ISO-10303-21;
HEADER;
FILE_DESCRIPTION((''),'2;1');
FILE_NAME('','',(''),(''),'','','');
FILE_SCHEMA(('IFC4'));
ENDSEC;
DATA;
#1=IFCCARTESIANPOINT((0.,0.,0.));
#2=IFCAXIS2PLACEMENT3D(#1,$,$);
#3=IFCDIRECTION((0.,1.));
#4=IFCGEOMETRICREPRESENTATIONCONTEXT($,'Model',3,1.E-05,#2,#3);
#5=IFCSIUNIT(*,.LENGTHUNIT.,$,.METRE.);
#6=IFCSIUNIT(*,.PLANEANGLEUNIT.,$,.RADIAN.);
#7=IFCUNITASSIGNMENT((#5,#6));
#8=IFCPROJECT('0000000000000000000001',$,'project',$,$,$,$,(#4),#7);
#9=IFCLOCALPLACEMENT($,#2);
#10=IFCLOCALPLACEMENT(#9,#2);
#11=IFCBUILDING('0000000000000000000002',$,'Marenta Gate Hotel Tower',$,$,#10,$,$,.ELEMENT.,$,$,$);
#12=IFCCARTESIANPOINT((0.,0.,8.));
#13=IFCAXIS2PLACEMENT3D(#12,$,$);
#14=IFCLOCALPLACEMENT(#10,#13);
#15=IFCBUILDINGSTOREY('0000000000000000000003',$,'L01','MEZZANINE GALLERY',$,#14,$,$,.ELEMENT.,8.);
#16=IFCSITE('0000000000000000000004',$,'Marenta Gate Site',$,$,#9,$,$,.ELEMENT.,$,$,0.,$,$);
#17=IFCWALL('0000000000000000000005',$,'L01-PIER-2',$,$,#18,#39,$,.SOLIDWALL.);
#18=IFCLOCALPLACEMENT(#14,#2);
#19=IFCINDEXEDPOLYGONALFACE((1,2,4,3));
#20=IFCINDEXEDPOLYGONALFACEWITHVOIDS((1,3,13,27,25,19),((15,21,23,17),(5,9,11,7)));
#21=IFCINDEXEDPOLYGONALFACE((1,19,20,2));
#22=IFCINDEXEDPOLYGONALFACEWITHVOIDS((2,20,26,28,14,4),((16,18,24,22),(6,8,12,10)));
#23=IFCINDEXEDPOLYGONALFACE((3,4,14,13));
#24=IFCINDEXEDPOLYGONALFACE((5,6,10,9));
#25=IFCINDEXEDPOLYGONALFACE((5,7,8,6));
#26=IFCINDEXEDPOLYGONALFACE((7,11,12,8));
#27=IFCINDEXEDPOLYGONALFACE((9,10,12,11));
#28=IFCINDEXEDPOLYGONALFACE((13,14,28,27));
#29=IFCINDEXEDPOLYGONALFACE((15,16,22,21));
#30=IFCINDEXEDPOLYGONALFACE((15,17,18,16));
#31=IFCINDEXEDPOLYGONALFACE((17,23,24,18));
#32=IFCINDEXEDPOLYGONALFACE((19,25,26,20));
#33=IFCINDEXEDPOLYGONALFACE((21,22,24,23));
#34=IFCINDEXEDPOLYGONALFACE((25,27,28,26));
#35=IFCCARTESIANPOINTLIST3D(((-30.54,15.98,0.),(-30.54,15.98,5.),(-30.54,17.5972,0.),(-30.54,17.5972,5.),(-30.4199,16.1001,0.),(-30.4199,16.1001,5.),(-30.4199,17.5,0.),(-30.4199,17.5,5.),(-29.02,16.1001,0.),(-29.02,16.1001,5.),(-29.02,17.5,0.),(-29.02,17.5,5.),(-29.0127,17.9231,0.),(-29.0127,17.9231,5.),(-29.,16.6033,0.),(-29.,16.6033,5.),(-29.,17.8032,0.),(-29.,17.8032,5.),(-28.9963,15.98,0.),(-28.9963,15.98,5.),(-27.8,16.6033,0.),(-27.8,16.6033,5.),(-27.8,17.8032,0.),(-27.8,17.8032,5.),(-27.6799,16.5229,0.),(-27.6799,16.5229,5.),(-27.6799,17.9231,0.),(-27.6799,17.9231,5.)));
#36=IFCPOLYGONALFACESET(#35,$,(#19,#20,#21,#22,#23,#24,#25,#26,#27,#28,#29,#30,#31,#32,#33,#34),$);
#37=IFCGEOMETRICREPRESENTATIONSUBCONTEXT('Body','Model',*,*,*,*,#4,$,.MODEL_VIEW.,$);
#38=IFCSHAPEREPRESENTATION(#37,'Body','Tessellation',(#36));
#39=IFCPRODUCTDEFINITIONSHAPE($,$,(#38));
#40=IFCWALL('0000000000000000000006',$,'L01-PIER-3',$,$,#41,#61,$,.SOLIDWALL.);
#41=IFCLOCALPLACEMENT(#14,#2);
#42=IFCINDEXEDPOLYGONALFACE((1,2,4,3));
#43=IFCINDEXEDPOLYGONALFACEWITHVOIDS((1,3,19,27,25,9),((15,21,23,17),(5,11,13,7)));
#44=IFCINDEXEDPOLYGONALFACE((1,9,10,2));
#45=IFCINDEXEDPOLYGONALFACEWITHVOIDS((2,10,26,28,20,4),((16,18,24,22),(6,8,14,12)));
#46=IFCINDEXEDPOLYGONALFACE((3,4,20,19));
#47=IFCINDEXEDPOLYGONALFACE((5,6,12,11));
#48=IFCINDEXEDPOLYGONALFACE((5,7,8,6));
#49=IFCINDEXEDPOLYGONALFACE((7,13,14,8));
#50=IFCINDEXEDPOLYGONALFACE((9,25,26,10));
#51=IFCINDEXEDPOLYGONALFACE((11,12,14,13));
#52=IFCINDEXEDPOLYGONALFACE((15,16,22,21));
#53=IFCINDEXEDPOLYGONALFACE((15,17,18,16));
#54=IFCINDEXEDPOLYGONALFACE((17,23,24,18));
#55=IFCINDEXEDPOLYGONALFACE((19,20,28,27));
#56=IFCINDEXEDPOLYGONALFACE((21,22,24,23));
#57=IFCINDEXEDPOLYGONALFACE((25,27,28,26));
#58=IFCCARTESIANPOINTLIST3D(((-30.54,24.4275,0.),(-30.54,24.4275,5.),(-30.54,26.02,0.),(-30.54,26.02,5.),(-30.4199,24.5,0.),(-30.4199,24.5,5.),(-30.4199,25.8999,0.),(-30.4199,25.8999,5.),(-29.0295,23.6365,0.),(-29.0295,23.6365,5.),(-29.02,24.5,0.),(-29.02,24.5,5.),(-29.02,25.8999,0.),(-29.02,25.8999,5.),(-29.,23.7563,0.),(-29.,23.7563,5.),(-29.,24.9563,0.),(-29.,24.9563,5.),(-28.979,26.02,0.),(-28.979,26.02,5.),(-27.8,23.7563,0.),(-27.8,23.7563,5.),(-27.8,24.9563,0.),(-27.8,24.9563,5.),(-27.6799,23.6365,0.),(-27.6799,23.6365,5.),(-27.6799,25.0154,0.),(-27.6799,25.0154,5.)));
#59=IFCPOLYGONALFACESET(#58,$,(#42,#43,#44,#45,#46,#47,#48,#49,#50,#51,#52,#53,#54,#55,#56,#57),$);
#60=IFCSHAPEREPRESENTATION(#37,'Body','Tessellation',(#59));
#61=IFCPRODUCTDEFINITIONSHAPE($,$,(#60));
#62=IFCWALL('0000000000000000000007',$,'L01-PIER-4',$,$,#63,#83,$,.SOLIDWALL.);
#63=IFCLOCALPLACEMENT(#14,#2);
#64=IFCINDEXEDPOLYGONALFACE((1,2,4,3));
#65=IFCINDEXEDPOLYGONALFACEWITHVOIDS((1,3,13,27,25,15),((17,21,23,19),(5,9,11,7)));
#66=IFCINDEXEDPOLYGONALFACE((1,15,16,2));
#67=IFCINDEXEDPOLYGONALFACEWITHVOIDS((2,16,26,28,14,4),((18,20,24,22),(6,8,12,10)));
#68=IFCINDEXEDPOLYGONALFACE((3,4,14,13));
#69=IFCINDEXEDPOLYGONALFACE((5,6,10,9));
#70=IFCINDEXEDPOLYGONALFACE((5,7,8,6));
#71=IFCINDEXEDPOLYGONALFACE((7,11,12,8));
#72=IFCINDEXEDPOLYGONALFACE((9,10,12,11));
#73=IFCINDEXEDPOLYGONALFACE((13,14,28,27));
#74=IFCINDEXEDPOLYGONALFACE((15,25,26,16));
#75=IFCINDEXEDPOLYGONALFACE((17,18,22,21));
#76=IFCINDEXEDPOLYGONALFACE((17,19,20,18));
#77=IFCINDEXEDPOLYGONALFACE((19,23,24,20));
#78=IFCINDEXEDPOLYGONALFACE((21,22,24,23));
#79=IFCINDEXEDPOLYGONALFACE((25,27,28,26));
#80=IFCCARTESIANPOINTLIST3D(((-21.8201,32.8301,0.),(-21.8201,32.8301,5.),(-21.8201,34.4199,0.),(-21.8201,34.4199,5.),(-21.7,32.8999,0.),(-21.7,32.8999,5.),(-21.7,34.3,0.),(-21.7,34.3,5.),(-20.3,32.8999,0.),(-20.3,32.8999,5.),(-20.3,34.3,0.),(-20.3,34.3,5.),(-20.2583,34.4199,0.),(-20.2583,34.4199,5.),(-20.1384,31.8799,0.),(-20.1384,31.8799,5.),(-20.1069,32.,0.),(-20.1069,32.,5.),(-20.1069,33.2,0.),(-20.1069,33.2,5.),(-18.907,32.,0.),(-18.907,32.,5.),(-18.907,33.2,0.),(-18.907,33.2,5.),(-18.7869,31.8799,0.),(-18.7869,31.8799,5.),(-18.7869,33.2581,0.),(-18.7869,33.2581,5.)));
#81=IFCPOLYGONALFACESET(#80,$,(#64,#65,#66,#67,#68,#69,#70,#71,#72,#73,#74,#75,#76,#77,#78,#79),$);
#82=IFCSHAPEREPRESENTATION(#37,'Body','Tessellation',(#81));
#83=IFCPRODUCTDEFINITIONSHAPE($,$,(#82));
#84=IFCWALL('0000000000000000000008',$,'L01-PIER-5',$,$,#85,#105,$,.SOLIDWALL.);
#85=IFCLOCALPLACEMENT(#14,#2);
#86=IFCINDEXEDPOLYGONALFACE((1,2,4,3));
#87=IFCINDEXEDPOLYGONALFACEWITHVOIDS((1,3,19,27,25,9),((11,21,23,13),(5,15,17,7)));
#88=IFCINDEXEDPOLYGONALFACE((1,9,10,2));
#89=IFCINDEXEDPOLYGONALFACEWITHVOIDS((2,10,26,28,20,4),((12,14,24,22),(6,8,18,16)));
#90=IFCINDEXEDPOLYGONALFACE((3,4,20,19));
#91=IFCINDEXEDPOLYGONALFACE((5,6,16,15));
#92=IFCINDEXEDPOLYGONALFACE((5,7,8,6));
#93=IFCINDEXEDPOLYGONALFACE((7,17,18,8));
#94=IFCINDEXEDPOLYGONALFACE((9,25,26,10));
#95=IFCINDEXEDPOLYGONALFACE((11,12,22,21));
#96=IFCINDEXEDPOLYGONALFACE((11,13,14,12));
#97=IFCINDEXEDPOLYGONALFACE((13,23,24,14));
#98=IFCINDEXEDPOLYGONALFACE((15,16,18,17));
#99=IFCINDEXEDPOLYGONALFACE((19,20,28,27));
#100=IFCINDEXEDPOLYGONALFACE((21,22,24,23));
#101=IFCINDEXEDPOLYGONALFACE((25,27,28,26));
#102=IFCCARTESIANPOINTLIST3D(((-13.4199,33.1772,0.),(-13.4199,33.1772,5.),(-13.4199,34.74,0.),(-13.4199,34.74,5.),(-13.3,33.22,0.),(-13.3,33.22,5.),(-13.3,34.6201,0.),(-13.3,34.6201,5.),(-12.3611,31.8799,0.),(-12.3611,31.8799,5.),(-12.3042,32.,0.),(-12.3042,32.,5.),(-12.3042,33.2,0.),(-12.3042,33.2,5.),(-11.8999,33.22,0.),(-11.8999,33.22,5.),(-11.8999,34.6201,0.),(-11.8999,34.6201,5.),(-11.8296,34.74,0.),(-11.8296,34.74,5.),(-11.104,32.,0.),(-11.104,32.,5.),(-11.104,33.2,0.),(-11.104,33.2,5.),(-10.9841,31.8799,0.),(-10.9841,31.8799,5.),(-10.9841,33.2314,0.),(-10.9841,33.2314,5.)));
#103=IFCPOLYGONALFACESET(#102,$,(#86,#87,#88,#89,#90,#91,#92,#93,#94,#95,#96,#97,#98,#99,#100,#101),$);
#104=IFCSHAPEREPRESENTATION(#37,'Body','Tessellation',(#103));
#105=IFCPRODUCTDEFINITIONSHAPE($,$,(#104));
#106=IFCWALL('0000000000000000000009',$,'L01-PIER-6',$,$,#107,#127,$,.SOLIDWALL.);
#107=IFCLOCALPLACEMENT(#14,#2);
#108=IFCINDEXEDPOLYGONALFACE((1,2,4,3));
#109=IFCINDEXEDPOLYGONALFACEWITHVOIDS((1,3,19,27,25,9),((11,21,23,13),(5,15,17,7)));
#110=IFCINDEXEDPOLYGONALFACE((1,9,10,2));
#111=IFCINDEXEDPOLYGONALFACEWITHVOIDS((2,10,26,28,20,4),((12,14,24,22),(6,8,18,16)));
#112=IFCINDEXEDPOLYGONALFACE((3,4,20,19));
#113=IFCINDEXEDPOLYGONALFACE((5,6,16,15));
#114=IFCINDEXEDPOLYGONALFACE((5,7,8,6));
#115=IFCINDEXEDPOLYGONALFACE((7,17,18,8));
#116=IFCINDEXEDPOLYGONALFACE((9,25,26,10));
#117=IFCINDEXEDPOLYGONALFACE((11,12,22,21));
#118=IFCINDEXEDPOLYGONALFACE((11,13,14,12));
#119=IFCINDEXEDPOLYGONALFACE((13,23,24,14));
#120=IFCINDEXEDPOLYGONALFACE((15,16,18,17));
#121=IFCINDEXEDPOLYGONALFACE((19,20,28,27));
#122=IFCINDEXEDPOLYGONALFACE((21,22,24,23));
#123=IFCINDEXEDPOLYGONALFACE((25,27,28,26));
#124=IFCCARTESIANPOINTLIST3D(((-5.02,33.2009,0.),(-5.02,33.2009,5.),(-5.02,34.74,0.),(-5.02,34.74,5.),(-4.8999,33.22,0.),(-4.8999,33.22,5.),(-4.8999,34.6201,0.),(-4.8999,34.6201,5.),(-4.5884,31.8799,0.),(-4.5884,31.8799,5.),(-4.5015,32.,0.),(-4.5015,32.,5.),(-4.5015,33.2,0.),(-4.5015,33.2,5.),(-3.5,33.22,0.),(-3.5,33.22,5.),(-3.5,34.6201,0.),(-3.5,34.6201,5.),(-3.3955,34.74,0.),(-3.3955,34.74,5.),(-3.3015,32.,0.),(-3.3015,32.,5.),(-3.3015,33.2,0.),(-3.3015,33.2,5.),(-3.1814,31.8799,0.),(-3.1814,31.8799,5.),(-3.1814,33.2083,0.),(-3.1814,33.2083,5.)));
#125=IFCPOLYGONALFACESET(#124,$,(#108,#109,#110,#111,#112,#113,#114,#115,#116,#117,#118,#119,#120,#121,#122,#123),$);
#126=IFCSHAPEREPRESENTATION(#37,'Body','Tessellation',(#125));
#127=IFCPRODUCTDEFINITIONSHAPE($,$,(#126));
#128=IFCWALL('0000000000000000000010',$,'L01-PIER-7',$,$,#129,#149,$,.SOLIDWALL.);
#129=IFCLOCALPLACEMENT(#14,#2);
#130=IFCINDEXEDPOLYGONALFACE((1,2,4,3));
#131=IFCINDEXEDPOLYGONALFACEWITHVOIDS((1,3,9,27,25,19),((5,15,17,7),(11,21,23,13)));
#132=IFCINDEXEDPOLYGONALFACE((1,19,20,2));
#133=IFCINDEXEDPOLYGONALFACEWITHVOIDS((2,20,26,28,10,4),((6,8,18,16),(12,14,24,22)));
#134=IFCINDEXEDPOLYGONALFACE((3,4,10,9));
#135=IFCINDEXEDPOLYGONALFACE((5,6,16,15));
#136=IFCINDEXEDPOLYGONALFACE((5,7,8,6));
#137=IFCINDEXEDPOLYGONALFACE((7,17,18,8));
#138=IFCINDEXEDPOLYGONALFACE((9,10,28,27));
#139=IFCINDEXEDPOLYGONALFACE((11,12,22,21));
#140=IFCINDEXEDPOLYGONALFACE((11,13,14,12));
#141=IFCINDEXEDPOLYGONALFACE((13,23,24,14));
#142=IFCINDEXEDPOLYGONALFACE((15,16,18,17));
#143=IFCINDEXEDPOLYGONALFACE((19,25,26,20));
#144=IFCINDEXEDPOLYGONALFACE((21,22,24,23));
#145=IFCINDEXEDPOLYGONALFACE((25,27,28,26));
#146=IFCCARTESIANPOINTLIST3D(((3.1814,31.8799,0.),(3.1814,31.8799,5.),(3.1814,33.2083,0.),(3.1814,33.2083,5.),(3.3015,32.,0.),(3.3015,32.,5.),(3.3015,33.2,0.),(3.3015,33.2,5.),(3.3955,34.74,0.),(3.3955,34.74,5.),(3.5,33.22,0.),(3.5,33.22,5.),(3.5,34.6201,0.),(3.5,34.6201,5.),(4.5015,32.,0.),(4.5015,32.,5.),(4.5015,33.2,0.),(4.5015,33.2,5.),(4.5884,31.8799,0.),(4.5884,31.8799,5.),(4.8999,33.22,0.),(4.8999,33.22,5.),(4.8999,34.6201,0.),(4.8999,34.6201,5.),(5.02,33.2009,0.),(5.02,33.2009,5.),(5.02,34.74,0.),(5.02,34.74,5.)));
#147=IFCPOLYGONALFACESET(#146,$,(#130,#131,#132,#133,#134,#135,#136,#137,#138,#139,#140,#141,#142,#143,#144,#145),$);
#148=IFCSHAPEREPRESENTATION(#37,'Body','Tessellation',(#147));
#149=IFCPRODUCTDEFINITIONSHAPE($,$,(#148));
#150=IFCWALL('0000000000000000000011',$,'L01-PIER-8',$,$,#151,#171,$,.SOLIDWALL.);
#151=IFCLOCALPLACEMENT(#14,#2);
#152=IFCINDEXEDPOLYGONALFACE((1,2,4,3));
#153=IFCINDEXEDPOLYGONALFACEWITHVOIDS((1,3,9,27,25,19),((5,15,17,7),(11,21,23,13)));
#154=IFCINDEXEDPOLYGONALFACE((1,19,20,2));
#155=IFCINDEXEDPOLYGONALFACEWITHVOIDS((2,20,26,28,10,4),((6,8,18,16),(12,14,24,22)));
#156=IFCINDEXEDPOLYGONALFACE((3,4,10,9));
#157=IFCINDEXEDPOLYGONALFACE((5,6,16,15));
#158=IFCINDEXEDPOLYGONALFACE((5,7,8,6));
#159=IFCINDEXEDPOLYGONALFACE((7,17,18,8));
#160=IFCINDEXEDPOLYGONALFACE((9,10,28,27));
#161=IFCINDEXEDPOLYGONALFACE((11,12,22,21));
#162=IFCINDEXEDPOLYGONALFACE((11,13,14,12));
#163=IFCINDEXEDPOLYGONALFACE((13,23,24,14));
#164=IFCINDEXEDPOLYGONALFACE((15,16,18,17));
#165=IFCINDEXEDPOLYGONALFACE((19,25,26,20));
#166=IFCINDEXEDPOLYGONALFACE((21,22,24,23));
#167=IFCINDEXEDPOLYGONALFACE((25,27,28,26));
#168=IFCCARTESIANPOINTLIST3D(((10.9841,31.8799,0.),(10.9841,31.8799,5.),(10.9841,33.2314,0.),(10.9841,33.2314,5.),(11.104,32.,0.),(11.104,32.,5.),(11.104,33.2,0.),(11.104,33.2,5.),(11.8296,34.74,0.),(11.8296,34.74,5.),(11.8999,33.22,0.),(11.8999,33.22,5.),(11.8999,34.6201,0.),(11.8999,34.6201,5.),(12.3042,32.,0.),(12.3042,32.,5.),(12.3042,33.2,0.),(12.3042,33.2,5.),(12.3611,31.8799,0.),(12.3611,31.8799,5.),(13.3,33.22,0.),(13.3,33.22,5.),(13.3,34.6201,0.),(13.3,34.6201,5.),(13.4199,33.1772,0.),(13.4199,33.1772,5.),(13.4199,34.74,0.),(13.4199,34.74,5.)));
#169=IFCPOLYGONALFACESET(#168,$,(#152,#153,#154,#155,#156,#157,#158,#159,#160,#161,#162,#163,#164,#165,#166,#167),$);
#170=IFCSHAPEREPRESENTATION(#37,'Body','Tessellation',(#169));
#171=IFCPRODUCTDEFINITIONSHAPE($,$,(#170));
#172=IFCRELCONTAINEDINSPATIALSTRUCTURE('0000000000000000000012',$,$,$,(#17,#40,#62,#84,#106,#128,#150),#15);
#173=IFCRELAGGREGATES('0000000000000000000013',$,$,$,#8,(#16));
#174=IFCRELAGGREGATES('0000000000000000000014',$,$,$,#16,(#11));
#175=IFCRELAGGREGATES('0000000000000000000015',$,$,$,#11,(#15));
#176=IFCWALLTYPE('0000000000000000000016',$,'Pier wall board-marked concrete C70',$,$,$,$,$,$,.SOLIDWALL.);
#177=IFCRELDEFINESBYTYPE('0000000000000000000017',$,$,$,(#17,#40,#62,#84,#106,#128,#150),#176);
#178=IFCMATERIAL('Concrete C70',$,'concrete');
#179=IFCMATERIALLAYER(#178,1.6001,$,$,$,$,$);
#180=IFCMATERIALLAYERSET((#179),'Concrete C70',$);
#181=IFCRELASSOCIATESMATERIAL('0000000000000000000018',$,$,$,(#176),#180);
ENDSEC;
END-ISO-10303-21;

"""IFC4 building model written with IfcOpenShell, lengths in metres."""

from ifc_helpers import new_model, si_unit, direction, frame, origin, place, context, subcontext, project, spatial, polyline, outline, extrude, material, layer, layer_set, type_object, element, save


model = new_model("IFC4")

# Units and contexts
model_context = context("Model", 3, precision=1e-05, world=origin(), true_north=direction((0.0, 1.0)))
body_context = subcontext(model_context, "Body", "Model", "MODEL_VIEW")
ifc_project = project(units=[si_unit("LENGTHUNIT", "METRE"), si_unit("PLANEANGLEUNIT", "RADIAN")], contexts=[model_context])

# Site, building, storey
site_placement = place(None, origin())
site = spatial("IfcSite", under=ifc_project, at=site_placement, Name="Marenta Gate Site", CompositionType="ELEMENT", RefElevation=0.0)
building_placement = place(site_placement, origin())
building = spatial("IfcBuilding", under=site, at=building_placement, Name="Marenta Gate Hotel Tower", CompositionType="ELEMENT")
storey_placement = place(building_placement, frame((0.0, 0.0, 8.0)))
storey = spatial("IfcBuildingStorey", under=building, at=storey_placement, Name="L01", Description="MEZZANINE GALLERY", CompositionType="ELEMENT", Elevation=8.0)

# Walls
ifc_material_1 = material(Name="Concrete C70", Category="concrete")
ifc_layer_1 = layer(ifc_material_1, 1.6001)
ifc_layer_set_1 = layer_set([ifc_layer_1], Name="Concrete C70")
wall_type = type_object("IfcWallType", Name="Pier wall board-marked concrete C70", PredefinedType="SOLIDWALL", material=ifc_layer_set_1)
wall_1_placement = place(storey_placement, origin())
element("IfcWall", 1, at=wall_1_placement, inside=storey, type_object=wall_type, Name="L01-PIER-2", PredefinedType="SOLIDWALL", context=body_context, shape_type="SweptSolid", body=[
    extrude(outline(polyline([(-30.54, 17.5972), (-29.0127, 17.9231), (-27.6799, 17.9231), (-27.6799, 16.5229), (-28.9963, 15.98), (-30.54, 15.98), (-30.54, 17.5972)]), holes=[polyline([(-29.0, 16.6033), (-27.8, 16.6033), (-27.8, 17.8032), (-29.0, 17.8032), (-29.0, 16.6033)]), polyline([(-30.4199, 16.1001), (-29.02, 16.1001), (-29.02, 17.5), (-30.4199, 17.5), (-30.4199, 16.1001)])]), origin(), (0.0, 0.0, 1.0), 5.0),
])
wall_2_placement = place(storey_placement, origin())
element("IfcWall", 2, at=wall_2_placement, inside=storey, type_object=wall_type, Name="L01-PIER-3", PredefinedType="SOLIDWALL", context=body_context, shape_type="SweptSolid", body=[
    extrude(outline(polyline([(-30.54, 24.4275), (-30.54, 26.02), (-28.979, 26.02), (-27.6799, 25.0154), (-27.6799, 23.6365), (-29.0295, 23.6365), (-30.54, 24.4275)]), holes=[polyline([(-29.0, 23.7563), (-27.8, 23.7563), (-27.8, 24.9563), (-29.0, 24.9563), (-29.0, 23.7563)]), polyline([(-30.4199, 24.5), (-29.02, 24.5), (-29.02, 25.8999), (-30.4199, 25.8999), (-30.4199, 24.5)])]), origin(), (0.0, 0.0, 1.0), 5.0),
])
wall_3_placement = place(storey_placement, origin())
element("IfcWall", 3, at=wall_3_placement, inside=storey, type_object=wall_type, Name="L01-PIER-4", PredefinedType="SOLIDWALL", context=body_context, shape_type="SweptSolid", body=[
    extrude(outline(polyline([(-21.8201, 34.4199), (-20.2583, 34.4199), (-18.7869, 33.2581), (-18.7869, 31.8799), (-20.1384, 31.8799), (-21.8201, 32.8301), (-21.8201, 34.4199)]), holes=[polyline([(-18.907, 32.0), (-18.907, 33.2), (-20.1069, 33.2), (-20.1069, 32.0), (-18.907, 32.0)]), polyline([(-20.3, 32.8999), (-20.3, 34.3), (-21.7, 34.3), (-21.7, 32.8999), (-20.3, 32.8999)])]), origin(), (0.0, 0.0, 1.0), 5.0),
])
wall_4_placement = place(storey_placement, origin())
element("IfcWall", 4, at=wall_4_placement, inside=storey, type_object=wall_type, Name="L01-PIER-5", PredefinedType="SOLIDWALL", context=body_context, shape_type="SweptSolid", body=[
    extrude(outline(polyline([(-13.4199, 34.74), (-11.8296, 34.74), (-10.9841, 33.2314), (-10.9841, 31.8799), (-12.3611, 31.8799), (-13.4199, 33.1772), (-13.4199, 34.74)]), holes=[polyline([(-11.104, 32.0), (-11.104, 33.2), (-12.3042, 33.2), (-12.3042, 32.0), (-11.104, 32.0)]), polyline([(-11.8999, 33.22), (-11.8999, 34.6201), (-13.3, 34.6201), (-13.3, 33.22), (-11.8999, 33.22)])]), origin(), (0.0, 0.0, 1.0), 5.0),
])
wall_5_placement = place(storey_placement, origin())
element("IfcWall", 5, at=wall_5_placement, inside=storey, type_object=wall_type, Name="L01-PIER-6", PredefinedType="SOLIDWALL", context=body_context, shape_type="SweptSolid", body=[
    extrude(outline(polyline([(-5.02, 33.2009), (-5.02, 34.74), (-3.3955, 34.74), (-3.1814, 33.2083), (-3.1814, 31.8799), (-4.5884, 31.8799), (-5.02, 33.2009)]), holes=[polyline([(-4.5015, 32.0), (-3.3015, 32.0), (-3.3015, 33.2), (-4.5015, 33.2), (-4.5015, 32.0)]), polyline([(-4.8999, 33.22), (-3.5, 33.22), (-3.5, 34.6201), (-4.8999, 34.6201), (-4.8999, 33.22)])]), origin(), (0.0, 0.0, 1.0), 5.0),
])
wall_6_placement = place(storey_placement, origin())
element("IfcWall", 6, at=wall_6_placement, inside=storey, type_object=wall_type, Name="L01-PIER-7", PredefinedType="SOLIDWALL", context=body_context, shape_type="SweptSolid", body=[
    extrude(outline(polyline([(3.1814, 33.2083), (3.3955, 34.74), (5.02, 34.74), (5.02, 33.2009), (4.5884, 31.8799), (3.1814, 31.8799), (3.1814, 33.2083)]), holes=[polyline([(3.5, 33.22), (4.8999, 33.22), (4.8999, 34.6201), (3.5, 34.6201), (3.5, 33.22)]), polyline([(3.3015, 32.0), (4.5015, 32.0), (4.5015, 33.2), (3.3015, 33.2), (3.3015, 32.0)])]), origin(), (0.0, 0.0, 1.0), 5.0),
])
wall_7_placement = place(storey_placement, origin())
element("IfcWall", 7, at=wall_7_placement, inside=storey, type_object=wall_type, Name="L01-PIER-8", PredefinedType="SOLIDWALL", context=body_context, shape_type="SweptSolid", body=[
    extrude(outline(polyline([(11.8296, 34.74), (13.4199, 34.74), (13.4199, 33.1772), (12.3611, 31.8799), (10.9841, 31.8799), (10.9841, 33.2314), (11.8296, 34.74)]), holes=[polyline([(13.3, 33.22), (13.3, 34.6201), (11.8999, 34.6201), (11.8999, 33.22), (13.3, 33.22)]), polyline([(12.3042, 32.0), (12.3042, 33.2), (11.104, 33.2), (11.104, 32.0), (12.3042, 32.0)])]), origin(), (0.0, 0.0, 1.0), 5.0),
])

save(model, "model.ifc")
